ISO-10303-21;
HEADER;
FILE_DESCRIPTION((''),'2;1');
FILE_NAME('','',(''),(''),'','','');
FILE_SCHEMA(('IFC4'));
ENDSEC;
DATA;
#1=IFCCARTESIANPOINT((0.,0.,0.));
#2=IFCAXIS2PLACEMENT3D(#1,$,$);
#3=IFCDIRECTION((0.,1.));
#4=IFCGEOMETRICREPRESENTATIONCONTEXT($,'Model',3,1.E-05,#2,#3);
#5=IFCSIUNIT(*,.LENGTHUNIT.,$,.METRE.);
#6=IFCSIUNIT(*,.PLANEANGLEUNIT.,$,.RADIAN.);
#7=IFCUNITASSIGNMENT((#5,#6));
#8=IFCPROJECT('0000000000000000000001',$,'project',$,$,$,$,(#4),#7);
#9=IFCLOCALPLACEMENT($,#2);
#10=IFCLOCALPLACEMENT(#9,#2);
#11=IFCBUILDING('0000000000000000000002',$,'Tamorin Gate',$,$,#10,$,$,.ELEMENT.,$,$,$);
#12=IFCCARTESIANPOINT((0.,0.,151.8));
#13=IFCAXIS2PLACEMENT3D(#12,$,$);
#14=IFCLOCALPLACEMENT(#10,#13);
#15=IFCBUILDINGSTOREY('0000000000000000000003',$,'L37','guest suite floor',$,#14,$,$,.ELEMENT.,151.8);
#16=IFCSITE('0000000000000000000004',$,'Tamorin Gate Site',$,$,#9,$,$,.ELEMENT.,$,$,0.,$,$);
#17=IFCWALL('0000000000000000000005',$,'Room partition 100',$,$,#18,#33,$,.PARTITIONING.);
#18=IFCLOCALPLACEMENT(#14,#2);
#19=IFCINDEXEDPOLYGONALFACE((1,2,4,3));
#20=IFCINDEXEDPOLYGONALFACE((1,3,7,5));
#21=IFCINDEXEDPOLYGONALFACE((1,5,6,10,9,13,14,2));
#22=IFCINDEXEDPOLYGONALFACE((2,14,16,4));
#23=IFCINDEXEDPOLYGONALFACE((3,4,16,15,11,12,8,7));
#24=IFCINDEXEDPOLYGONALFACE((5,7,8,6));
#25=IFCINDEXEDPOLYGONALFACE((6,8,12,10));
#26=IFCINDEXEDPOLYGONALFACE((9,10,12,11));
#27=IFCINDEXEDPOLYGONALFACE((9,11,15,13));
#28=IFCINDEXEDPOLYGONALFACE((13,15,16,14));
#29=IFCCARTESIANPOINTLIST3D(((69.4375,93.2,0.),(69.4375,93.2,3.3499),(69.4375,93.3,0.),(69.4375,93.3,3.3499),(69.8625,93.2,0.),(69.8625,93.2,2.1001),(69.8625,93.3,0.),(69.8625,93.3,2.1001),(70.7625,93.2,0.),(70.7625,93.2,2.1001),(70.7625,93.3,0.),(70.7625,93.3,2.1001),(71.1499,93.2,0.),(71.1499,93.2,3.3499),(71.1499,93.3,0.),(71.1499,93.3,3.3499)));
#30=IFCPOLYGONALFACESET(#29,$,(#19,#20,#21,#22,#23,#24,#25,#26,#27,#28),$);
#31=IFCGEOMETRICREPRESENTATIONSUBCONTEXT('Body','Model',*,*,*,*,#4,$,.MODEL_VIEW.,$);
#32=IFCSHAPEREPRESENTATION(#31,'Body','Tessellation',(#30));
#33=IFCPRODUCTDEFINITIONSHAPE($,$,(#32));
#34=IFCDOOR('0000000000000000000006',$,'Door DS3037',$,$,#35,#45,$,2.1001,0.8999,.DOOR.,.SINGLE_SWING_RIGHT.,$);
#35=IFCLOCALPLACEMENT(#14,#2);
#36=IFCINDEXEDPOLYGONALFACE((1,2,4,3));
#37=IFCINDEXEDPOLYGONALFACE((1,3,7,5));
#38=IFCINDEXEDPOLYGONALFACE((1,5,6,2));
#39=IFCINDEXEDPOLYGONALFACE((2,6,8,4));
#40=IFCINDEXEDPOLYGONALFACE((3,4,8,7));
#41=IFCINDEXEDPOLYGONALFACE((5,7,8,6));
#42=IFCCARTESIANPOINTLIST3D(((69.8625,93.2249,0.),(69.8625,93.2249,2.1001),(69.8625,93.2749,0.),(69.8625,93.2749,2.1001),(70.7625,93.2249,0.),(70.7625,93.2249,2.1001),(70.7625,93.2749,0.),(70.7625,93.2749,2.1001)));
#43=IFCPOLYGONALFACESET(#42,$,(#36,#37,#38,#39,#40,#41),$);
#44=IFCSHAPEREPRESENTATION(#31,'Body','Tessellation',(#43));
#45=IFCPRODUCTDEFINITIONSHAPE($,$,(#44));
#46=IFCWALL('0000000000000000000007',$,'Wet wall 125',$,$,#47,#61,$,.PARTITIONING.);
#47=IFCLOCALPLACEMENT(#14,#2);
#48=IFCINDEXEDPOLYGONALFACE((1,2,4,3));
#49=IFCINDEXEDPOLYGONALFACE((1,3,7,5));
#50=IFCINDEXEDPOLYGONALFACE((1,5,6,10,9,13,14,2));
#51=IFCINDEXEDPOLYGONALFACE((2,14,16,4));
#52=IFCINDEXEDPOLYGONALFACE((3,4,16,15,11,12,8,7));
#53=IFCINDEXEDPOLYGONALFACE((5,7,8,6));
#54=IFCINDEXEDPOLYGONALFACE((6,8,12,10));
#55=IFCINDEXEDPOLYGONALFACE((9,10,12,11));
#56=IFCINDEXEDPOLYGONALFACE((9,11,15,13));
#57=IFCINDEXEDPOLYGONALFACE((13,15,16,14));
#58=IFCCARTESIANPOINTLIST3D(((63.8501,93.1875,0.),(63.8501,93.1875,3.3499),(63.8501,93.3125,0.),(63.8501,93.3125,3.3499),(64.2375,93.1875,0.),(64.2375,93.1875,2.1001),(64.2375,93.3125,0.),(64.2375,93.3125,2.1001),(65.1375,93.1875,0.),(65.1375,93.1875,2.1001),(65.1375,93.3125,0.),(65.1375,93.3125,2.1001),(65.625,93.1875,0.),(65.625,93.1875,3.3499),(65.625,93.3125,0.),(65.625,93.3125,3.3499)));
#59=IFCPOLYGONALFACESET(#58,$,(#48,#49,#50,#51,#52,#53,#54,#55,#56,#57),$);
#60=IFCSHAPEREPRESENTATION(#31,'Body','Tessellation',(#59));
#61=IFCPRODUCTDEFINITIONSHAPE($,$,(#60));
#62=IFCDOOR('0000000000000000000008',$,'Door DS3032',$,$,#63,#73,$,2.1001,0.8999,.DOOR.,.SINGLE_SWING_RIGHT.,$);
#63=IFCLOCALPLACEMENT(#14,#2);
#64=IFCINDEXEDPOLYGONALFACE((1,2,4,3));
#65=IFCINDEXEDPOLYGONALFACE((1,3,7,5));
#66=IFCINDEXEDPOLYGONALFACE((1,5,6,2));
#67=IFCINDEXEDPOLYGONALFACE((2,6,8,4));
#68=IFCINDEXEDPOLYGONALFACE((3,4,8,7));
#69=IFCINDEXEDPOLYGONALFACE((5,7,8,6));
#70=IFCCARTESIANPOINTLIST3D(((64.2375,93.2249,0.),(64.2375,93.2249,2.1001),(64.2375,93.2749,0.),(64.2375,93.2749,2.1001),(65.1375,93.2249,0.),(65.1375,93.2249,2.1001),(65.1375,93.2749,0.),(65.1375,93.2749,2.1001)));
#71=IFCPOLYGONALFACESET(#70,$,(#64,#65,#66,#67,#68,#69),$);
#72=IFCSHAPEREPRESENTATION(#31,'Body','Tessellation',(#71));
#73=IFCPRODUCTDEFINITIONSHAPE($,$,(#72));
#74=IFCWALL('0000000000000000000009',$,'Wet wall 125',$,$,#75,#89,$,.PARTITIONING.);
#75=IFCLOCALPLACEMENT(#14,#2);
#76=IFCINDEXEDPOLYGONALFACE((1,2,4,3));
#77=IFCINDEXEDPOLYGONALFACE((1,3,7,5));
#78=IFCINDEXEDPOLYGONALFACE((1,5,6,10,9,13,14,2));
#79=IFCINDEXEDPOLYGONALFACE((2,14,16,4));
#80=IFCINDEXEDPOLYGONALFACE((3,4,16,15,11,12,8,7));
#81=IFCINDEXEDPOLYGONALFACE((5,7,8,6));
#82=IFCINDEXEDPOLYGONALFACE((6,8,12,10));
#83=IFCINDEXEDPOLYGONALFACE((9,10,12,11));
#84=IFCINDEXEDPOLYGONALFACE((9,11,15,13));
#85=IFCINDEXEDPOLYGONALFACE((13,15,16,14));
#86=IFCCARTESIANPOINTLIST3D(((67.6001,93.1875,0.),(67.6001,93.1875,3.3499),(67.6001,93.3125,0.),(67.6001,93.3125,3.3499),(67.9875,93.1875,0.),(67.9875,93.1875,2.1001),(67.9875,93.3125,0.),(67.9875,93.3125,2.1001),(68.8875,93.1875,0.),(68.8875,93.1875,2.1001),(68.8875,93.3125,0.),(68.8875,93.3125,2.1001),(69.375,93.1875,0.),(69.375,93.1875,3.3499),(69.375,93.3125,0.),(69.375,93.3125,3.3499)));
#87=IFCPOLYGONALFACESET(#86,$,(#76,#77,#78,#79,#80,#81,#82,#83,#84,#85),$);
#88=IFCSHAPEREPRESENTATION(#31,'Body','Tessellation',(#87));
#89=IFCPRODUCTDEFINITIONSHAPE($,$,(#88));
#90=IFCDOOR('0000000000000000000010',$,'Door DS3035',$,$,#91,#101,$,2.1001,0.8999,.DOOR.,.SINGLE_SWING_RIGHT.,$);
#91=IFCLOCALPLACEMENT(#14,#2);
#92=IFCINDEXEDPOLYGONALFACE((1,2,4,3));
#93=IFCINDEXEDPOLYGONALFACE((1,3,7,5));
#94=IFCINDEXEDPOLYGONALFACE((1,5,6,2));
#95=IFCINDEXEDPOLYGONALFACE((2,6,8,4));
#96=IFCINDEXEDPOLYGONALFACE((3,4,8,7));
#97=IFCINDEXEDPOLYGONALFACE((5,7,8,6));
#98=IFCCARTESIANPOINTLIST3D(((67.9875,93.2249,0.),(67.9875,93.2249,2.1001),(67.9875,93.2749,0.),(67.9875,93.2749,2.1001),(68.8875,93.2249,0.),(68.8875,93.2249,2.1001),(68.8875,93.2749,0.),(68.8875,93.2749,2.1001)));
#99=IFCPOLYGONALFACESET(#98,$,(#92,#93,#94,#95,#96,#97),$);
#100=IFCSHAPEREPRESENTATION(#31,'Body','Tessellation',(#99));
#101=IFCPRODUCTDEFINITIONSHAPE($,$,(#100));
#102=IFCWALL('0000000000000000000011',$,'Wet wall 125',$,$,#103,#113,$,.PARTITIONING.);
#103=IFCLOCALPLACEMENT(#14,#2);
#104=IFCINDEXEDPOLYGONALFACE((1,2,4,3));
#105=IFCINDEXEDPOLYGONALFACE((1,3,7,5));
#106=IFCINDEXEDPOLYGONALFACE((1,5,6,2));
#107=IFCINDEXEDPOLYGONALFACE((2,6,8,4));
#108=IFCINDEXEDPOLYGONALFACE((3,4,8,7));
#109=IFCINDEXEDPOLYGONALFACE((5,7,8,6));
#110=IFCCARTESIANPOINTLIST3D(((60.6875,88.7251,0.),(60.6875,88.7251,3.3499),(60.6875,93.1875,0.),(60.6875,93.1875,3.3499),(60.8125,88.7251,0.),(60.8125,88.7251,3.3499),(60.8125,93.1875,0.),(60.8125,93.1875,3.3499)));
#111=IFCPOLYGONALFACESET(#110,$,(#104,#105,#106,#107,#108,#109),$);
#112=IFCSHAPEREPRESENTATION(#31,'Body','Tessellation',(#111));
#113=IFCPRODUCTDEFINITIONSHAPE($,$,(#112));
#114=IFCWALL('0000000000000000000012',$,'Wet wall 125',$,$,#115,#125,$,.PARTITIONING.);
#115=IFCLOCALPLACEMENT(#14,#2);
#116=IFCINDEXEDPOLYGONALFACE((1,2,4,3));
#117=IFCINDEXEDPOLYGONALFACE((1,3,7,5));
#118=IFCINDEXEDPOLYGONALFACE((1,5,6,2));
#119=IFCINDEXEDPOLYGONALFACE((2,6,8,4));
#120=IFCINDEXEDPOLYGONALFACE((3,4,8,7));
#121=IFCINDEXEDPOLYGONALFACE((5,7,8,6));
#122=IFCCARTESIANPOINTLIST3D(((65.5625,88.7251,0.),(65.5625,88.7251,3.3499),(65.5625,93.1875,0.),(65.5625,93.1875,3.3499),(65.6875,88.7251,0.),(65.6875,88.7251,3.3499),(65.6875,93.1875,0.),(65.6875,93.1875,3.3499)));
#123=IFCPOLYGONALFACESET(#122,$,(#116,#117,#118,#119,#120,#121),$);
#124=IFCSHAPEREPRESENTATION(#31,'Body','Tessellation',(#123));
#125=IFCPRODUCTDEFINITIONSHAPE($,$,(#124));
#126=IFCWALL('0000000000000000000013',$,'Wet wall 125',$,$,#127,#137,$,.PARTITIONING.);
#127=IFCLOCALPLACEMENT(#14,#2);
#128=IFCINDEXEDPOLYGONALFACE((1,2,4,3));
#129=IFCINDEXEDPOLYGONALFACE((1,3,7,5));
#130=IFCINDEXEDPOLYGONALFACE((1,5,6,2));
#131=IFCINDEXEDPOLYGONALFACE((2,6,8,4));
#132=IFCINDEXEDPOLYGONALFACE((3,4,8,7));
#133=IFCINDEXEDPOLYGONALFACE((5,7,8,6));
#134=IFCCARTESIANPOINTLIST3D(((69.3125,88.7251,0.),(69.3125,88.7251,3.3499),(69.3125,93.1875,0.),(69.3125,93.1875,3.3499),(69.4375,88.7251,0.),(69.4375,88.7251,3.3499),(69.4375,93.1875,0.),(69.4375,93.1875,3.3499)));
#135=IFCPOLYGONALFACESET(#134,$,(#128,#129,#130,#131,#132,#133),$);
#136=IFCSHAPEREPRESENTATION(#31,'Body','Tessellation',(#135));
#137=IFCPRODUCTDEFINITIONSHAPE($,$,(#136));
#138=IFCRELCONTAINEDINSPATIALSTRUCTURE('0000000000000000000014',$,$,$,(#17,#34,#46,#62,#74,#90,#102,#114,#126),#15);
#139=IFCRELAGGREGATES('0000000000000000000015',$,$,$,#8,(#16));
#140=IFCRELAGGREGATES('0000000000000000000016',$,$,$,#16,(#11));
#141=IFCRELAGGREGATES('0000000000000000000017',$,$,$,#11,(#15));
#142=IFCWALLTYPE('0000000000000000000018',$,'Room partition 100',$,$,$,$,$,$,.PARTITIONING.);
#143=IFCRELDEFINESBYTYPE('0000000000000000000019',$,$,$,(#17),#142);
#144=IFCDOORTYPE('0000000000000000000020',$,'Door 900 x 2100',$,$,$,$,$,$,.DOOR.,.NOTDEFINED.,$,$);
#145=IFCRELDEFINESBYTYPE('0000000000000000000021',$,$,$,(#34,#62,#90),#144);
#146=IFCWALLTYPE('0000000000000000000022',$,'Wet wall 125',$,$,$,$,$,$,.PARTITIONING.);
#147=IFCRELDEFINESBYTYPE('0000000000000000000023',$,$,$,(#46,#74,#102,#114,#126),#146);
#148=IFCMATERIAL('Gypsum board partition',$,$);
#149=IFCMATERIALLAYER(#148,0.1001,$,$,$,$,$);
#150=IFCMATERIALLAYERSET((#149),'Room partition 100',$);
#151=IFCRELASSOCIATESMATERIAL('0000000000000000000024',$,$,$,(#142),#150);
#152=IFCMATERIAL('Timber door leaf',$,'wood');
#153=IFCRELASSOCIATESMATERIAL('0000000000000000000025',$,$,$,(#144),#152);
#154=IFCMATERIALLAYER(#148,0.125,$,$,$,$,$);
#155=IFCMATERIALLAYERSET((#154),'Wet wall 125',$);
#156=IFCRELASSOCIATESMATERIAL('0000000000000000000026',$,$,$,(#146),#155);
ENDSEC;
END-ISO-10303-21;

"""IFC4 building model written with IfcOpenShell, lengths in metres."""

from ifc_helpers import new_model, si_unit, direction, frame, frame_2d, origin, place, context, subcontext, project, spatial, rectangle, extrude, material, layer, layer_set, type_object, element, fill, save


model = new_model("IFC4")

# Units and contexts
model_context = context("Model", 3, precision=1e-05, world=origin(), true_north=direction((0.0, 1.0)))
body_context = subcontext(model_context, "Body", "Model", "MODEL_VIEW")
ifc_project = project(units=[si_unit("LENGTHUNIT", "METRE"), si_unit("PLANEANGLEUNIT", "RADIAN")], contexts=[model_context])

# Site, building, storey
site_placement = place(None, origin())
site = spatial("IfcSite", under=ifc_project, at=site_placement, Name="Tamorin Gate Site", CompositionType="ELEMENT", RefElevation=0.0)
building_placement = place(site_placement, origin())
building = spatial("IfcBuilding", under=site, at=building_placement, Name="Tamorin Gate", CompositionType="ELEMENT")
storey_placement = place(building_placement, frame((0.0, 0.0, 151.8)))
storey = spatial("IfcBuildingStorey", under=building, at=storey_placement, Name="L37", Description="guest suite floor", CompositionType="ELEMENT", Elevation=151.8)

# Shared definitions
ifc_material_1 = material(Name="Gypsum board partition")

# Walls, openings, doors
ifc_layer_1 = layer(ifc_material_1, 0.1001)
ifc_layer_set_1 = layer_set([ifc_layer_1], Name="Room partition 100")
wall_type_1 = type_object("IfcWallType", Name="Room partition 100", PredefinedType="PARTITIONING", material=ifc_layer_set_1)
ifc_material_2 = material(Name="Timber door leaf", Category="wood")
door_type = type_object("IfcDoorType", Name="Door 900 x 2100", OperationType="NOTDEFINED", PredefinedType="DOOR", material=ifc_material_2)
wall_1_placement = place(storey_placement, frame((69.4375, 93.25, 0.0), z_axis=(0.0, 0.0, 1.0), x_axis=(1.0, 0.0, 0.0)))
wall_1 = element("IfcWall", 1, at=wall_1_placement, inside=storey, type_object=wall_type_1, Name="Room partition 100", PredefinedType="PARTITIONING", context=body_context, shape_type="SweptSolid", body=[
    extrude(rectangle(XDim=1.7124, YDim=0.1001, at=frame_2d((0.8562, 0.0))), origin(), (0.0, 0.0, 1.0), 3.3499),
])
opening_1_placement = place(wall_1_placement, frame((0.425, 0.0, 0.0)))
opening_1 = element("IfcOpeningElement", 2, at=opening_1_placement, cuts=wall_1, PredefinedType="OPENING", context=body_context, shape_type="SweptSolid", body=[
    extrude(rectangle(XDim=0.8999, YDim=2.1001, at=frame_2d((0.45, 1.05))), frame((0.0, 0.0601, 0.0), z_axis=(0.0, -1.0, 0.0), x_axis=(1.0, 0.0, 0.0)), (0.0, 0.0, 1.0), 0.1201),
])
door_1_placement = place(opening_1_placement, origin())
door_1 = element("IfcDoor", 3, at=door_1_placement, inside=storey, type_object=door_type, Name="Door DS3037", OperationType="SINGLE_SWING_RIGHT", OverallHeight=2.1001, OverallWidth=0.8999, PredefinedType="DOOR", context=body_context, shape_type="SweptSolid", body=[
    extrude(rectangle(XDim=0.8999, YDim=2.1001, at=frame_2d((0.45, 1.05))), frame((0.0, 0.0249, 0.0), z_axis=(0.0, -1.0, 0.0), x_axis=(1.0, 0.0, 0.0)), (0.0, 0.0, 1.0), 0.05),
])
fill(opening_1, door_1)
ifc_layer_2 = layer(ifc_material_1, 0.125)
ifc_layer_set_2 = layer_set([ifc_layer_2], Name="Wet wall 125")
wall_type_2 = type_object("IfcWallType", Name="Wet wall 125", PredefinedType="PARTITIONING", material=ifc_layer_set_2)
wall_2_placement = place(storey_placement, frame((63.8501, 93.25, 0.0), z_axis=(0.0, 0.0, 1.0), x_axis=(1.0, 0.0, 0.0)))
wall_2 = element("IfcWall", 4, at=wall_2_placement, inside=storey, type_object=wall_type_2, Name="Wet wall 125", PredefinedType="PARTITIONING", context=body_context, shape_type="SweptSolid", body=[
    extrude(rectangle(XDim=1.7749, YDim=0.125, at=frame_2d((0.8875, 0.0))), origin(), (0.0, 0.0, 1.0), 3.3499),
])
opening_2_placement = place(wall_2_placement, frame((0.3875, 0.0, 0.0)))
opening_2 = element("IfcOpeningElement", 5, at=opening_2_placement, cuts=wall_2, PredefinedType="OPENING", context=body_context, shape_type="SweptSolid", body=[
    extrude(rectangle(XDim=0.8999, YDim=2.1001, at=frame_2d((0.45, 1.05))), frame((0.0, 0.0725, 0.0), z_axis=(0.0, -1.0, 0.0), x_axis=(1.0, 0.0, 0.0)), (0.0, 0.0, 1.0), 0.145),
])
door_2_placement = place(opening_2_placement, origin())
door_2 = element("IfcDoor", 6, at=door_2_placement, inside=storey, type_object=door_type, Name="Door DS3032", OperationType="SINGLE_SWING_RIGHT", OverallHeight=2.1001, OverallWidth=0.8999, PredefinedType="DOOR", context=body_context, shape_type="SweptSolid", body=[
    extrude(rectangle(XDim=0.8999, YDim=2.1001, at=frame_2d((0.45, 1.05))), frame((0.0, 0.0249, 0.0), z_axis=(0.0, -1.0, 0.0), x_axis=(1.0, 0.0, 0.0)), (0.0, 0.0, 1.0), 0.05),
])
fill(opening_2, door_2)
wall_3_placement = place(storey_placement, frame((67.6001, 93.25, 0.0), z_axis=(0.0, 0.0, 1.0), x_axis=(1.0, 0.0, 0.0)))
wall_3 = element("IfcWall", 7, at=wall_3_placement, inside=storey, type_object=wall_type_2, Name="Wet wall 125", PredefinedType="PARTITIONING", context=body_context, shape_type="SweptSolid", body=[
    extrude(rectangle(XDim=1.7749, YDim=0.125, at=frame_2d((0.8875, 0.0))), origin(), (0.0, 0.0, 1.0), 3.3499),
])
opening_3_placement = place(wall_3_placement, frame((0.3875, 0.0, 0.0)))
opening_3 = element("IfcOpeningElement", 8, at=opening_3_placement, cuts=wall_3, PredefinedType="OPENING", context=body_context, shape_type="SweptSolid", body=[
    extrude(rectangle(XDim=0.8999, YDim=2.1001, at=frame_2d((0.45, 1.05))), frame((0.0, 0.0725, 0.0), z_axis=(0.0, -1.0, 0.0), x_axis=(1.0, 0.0, 0.0)), (0.0, 0.0, 1.0), 0.145),
])
door_3_placement = place(opening_3_placement, origin())
door_3 = element("IfcDoor", 9, at=door_3_placement, inside=storey, type_object=door_type, Name="Door DS3035", OperationType="SINGLE_SWING_RIGHT", OverallHeight=2.1001, OverallWidth=0.8999, PredefinedType="DOOR", context=body_context, shape_type="SweptSolid", body=[
    extrude(rectangle(XDim=0.8999, YDim=2.1001, at=frame_2d((0.45, 1.05))), frame((0.0, 0.0249, 0.0), z_axis=(0.0, -1.0, 0.0), x_axis=(1.0, 0.0, 0.0)), (0.0, 0.0, 1.0), 0.05),
])
fill(opening_3, door_3)

# Walls
for number, where, z_axis, x_axis, name in (
    (10, (60.75, 88.7251, 0.0), (0.0, 0.0, 1.0), (0.0, 1.0, 0.0), "Wet wall 125"),
    (11, (65.625, 88.7251, 0.0), (0.0, 0.0, 1.0), (0.0, 1.0, 0.0), "Wet wall 125"),
    (12, (69.375, 88.7251, 0.0), (0.0, 0.0, 1.0), (0.0, 1.0, 0.0), "Wet wall 125"),
):
    element("IfcWall", number, at=place(storey_placement, frame(where, z_axis=z_axis, x_axis=x_axis)), inside=storey, type_object=wall_type_2, Name=name, PredefinedType="PARTITIONING", context=body_context, shape_type="SweptSolid", body=[
        extrude(rectangle(XDim=4.4624, YDim=0.125, at=frame_2d((2.2312, 0.0))), origin(), (0.0, 0.0, 1.0), 3.3499),
    ])

save(model, "model.ifc")
